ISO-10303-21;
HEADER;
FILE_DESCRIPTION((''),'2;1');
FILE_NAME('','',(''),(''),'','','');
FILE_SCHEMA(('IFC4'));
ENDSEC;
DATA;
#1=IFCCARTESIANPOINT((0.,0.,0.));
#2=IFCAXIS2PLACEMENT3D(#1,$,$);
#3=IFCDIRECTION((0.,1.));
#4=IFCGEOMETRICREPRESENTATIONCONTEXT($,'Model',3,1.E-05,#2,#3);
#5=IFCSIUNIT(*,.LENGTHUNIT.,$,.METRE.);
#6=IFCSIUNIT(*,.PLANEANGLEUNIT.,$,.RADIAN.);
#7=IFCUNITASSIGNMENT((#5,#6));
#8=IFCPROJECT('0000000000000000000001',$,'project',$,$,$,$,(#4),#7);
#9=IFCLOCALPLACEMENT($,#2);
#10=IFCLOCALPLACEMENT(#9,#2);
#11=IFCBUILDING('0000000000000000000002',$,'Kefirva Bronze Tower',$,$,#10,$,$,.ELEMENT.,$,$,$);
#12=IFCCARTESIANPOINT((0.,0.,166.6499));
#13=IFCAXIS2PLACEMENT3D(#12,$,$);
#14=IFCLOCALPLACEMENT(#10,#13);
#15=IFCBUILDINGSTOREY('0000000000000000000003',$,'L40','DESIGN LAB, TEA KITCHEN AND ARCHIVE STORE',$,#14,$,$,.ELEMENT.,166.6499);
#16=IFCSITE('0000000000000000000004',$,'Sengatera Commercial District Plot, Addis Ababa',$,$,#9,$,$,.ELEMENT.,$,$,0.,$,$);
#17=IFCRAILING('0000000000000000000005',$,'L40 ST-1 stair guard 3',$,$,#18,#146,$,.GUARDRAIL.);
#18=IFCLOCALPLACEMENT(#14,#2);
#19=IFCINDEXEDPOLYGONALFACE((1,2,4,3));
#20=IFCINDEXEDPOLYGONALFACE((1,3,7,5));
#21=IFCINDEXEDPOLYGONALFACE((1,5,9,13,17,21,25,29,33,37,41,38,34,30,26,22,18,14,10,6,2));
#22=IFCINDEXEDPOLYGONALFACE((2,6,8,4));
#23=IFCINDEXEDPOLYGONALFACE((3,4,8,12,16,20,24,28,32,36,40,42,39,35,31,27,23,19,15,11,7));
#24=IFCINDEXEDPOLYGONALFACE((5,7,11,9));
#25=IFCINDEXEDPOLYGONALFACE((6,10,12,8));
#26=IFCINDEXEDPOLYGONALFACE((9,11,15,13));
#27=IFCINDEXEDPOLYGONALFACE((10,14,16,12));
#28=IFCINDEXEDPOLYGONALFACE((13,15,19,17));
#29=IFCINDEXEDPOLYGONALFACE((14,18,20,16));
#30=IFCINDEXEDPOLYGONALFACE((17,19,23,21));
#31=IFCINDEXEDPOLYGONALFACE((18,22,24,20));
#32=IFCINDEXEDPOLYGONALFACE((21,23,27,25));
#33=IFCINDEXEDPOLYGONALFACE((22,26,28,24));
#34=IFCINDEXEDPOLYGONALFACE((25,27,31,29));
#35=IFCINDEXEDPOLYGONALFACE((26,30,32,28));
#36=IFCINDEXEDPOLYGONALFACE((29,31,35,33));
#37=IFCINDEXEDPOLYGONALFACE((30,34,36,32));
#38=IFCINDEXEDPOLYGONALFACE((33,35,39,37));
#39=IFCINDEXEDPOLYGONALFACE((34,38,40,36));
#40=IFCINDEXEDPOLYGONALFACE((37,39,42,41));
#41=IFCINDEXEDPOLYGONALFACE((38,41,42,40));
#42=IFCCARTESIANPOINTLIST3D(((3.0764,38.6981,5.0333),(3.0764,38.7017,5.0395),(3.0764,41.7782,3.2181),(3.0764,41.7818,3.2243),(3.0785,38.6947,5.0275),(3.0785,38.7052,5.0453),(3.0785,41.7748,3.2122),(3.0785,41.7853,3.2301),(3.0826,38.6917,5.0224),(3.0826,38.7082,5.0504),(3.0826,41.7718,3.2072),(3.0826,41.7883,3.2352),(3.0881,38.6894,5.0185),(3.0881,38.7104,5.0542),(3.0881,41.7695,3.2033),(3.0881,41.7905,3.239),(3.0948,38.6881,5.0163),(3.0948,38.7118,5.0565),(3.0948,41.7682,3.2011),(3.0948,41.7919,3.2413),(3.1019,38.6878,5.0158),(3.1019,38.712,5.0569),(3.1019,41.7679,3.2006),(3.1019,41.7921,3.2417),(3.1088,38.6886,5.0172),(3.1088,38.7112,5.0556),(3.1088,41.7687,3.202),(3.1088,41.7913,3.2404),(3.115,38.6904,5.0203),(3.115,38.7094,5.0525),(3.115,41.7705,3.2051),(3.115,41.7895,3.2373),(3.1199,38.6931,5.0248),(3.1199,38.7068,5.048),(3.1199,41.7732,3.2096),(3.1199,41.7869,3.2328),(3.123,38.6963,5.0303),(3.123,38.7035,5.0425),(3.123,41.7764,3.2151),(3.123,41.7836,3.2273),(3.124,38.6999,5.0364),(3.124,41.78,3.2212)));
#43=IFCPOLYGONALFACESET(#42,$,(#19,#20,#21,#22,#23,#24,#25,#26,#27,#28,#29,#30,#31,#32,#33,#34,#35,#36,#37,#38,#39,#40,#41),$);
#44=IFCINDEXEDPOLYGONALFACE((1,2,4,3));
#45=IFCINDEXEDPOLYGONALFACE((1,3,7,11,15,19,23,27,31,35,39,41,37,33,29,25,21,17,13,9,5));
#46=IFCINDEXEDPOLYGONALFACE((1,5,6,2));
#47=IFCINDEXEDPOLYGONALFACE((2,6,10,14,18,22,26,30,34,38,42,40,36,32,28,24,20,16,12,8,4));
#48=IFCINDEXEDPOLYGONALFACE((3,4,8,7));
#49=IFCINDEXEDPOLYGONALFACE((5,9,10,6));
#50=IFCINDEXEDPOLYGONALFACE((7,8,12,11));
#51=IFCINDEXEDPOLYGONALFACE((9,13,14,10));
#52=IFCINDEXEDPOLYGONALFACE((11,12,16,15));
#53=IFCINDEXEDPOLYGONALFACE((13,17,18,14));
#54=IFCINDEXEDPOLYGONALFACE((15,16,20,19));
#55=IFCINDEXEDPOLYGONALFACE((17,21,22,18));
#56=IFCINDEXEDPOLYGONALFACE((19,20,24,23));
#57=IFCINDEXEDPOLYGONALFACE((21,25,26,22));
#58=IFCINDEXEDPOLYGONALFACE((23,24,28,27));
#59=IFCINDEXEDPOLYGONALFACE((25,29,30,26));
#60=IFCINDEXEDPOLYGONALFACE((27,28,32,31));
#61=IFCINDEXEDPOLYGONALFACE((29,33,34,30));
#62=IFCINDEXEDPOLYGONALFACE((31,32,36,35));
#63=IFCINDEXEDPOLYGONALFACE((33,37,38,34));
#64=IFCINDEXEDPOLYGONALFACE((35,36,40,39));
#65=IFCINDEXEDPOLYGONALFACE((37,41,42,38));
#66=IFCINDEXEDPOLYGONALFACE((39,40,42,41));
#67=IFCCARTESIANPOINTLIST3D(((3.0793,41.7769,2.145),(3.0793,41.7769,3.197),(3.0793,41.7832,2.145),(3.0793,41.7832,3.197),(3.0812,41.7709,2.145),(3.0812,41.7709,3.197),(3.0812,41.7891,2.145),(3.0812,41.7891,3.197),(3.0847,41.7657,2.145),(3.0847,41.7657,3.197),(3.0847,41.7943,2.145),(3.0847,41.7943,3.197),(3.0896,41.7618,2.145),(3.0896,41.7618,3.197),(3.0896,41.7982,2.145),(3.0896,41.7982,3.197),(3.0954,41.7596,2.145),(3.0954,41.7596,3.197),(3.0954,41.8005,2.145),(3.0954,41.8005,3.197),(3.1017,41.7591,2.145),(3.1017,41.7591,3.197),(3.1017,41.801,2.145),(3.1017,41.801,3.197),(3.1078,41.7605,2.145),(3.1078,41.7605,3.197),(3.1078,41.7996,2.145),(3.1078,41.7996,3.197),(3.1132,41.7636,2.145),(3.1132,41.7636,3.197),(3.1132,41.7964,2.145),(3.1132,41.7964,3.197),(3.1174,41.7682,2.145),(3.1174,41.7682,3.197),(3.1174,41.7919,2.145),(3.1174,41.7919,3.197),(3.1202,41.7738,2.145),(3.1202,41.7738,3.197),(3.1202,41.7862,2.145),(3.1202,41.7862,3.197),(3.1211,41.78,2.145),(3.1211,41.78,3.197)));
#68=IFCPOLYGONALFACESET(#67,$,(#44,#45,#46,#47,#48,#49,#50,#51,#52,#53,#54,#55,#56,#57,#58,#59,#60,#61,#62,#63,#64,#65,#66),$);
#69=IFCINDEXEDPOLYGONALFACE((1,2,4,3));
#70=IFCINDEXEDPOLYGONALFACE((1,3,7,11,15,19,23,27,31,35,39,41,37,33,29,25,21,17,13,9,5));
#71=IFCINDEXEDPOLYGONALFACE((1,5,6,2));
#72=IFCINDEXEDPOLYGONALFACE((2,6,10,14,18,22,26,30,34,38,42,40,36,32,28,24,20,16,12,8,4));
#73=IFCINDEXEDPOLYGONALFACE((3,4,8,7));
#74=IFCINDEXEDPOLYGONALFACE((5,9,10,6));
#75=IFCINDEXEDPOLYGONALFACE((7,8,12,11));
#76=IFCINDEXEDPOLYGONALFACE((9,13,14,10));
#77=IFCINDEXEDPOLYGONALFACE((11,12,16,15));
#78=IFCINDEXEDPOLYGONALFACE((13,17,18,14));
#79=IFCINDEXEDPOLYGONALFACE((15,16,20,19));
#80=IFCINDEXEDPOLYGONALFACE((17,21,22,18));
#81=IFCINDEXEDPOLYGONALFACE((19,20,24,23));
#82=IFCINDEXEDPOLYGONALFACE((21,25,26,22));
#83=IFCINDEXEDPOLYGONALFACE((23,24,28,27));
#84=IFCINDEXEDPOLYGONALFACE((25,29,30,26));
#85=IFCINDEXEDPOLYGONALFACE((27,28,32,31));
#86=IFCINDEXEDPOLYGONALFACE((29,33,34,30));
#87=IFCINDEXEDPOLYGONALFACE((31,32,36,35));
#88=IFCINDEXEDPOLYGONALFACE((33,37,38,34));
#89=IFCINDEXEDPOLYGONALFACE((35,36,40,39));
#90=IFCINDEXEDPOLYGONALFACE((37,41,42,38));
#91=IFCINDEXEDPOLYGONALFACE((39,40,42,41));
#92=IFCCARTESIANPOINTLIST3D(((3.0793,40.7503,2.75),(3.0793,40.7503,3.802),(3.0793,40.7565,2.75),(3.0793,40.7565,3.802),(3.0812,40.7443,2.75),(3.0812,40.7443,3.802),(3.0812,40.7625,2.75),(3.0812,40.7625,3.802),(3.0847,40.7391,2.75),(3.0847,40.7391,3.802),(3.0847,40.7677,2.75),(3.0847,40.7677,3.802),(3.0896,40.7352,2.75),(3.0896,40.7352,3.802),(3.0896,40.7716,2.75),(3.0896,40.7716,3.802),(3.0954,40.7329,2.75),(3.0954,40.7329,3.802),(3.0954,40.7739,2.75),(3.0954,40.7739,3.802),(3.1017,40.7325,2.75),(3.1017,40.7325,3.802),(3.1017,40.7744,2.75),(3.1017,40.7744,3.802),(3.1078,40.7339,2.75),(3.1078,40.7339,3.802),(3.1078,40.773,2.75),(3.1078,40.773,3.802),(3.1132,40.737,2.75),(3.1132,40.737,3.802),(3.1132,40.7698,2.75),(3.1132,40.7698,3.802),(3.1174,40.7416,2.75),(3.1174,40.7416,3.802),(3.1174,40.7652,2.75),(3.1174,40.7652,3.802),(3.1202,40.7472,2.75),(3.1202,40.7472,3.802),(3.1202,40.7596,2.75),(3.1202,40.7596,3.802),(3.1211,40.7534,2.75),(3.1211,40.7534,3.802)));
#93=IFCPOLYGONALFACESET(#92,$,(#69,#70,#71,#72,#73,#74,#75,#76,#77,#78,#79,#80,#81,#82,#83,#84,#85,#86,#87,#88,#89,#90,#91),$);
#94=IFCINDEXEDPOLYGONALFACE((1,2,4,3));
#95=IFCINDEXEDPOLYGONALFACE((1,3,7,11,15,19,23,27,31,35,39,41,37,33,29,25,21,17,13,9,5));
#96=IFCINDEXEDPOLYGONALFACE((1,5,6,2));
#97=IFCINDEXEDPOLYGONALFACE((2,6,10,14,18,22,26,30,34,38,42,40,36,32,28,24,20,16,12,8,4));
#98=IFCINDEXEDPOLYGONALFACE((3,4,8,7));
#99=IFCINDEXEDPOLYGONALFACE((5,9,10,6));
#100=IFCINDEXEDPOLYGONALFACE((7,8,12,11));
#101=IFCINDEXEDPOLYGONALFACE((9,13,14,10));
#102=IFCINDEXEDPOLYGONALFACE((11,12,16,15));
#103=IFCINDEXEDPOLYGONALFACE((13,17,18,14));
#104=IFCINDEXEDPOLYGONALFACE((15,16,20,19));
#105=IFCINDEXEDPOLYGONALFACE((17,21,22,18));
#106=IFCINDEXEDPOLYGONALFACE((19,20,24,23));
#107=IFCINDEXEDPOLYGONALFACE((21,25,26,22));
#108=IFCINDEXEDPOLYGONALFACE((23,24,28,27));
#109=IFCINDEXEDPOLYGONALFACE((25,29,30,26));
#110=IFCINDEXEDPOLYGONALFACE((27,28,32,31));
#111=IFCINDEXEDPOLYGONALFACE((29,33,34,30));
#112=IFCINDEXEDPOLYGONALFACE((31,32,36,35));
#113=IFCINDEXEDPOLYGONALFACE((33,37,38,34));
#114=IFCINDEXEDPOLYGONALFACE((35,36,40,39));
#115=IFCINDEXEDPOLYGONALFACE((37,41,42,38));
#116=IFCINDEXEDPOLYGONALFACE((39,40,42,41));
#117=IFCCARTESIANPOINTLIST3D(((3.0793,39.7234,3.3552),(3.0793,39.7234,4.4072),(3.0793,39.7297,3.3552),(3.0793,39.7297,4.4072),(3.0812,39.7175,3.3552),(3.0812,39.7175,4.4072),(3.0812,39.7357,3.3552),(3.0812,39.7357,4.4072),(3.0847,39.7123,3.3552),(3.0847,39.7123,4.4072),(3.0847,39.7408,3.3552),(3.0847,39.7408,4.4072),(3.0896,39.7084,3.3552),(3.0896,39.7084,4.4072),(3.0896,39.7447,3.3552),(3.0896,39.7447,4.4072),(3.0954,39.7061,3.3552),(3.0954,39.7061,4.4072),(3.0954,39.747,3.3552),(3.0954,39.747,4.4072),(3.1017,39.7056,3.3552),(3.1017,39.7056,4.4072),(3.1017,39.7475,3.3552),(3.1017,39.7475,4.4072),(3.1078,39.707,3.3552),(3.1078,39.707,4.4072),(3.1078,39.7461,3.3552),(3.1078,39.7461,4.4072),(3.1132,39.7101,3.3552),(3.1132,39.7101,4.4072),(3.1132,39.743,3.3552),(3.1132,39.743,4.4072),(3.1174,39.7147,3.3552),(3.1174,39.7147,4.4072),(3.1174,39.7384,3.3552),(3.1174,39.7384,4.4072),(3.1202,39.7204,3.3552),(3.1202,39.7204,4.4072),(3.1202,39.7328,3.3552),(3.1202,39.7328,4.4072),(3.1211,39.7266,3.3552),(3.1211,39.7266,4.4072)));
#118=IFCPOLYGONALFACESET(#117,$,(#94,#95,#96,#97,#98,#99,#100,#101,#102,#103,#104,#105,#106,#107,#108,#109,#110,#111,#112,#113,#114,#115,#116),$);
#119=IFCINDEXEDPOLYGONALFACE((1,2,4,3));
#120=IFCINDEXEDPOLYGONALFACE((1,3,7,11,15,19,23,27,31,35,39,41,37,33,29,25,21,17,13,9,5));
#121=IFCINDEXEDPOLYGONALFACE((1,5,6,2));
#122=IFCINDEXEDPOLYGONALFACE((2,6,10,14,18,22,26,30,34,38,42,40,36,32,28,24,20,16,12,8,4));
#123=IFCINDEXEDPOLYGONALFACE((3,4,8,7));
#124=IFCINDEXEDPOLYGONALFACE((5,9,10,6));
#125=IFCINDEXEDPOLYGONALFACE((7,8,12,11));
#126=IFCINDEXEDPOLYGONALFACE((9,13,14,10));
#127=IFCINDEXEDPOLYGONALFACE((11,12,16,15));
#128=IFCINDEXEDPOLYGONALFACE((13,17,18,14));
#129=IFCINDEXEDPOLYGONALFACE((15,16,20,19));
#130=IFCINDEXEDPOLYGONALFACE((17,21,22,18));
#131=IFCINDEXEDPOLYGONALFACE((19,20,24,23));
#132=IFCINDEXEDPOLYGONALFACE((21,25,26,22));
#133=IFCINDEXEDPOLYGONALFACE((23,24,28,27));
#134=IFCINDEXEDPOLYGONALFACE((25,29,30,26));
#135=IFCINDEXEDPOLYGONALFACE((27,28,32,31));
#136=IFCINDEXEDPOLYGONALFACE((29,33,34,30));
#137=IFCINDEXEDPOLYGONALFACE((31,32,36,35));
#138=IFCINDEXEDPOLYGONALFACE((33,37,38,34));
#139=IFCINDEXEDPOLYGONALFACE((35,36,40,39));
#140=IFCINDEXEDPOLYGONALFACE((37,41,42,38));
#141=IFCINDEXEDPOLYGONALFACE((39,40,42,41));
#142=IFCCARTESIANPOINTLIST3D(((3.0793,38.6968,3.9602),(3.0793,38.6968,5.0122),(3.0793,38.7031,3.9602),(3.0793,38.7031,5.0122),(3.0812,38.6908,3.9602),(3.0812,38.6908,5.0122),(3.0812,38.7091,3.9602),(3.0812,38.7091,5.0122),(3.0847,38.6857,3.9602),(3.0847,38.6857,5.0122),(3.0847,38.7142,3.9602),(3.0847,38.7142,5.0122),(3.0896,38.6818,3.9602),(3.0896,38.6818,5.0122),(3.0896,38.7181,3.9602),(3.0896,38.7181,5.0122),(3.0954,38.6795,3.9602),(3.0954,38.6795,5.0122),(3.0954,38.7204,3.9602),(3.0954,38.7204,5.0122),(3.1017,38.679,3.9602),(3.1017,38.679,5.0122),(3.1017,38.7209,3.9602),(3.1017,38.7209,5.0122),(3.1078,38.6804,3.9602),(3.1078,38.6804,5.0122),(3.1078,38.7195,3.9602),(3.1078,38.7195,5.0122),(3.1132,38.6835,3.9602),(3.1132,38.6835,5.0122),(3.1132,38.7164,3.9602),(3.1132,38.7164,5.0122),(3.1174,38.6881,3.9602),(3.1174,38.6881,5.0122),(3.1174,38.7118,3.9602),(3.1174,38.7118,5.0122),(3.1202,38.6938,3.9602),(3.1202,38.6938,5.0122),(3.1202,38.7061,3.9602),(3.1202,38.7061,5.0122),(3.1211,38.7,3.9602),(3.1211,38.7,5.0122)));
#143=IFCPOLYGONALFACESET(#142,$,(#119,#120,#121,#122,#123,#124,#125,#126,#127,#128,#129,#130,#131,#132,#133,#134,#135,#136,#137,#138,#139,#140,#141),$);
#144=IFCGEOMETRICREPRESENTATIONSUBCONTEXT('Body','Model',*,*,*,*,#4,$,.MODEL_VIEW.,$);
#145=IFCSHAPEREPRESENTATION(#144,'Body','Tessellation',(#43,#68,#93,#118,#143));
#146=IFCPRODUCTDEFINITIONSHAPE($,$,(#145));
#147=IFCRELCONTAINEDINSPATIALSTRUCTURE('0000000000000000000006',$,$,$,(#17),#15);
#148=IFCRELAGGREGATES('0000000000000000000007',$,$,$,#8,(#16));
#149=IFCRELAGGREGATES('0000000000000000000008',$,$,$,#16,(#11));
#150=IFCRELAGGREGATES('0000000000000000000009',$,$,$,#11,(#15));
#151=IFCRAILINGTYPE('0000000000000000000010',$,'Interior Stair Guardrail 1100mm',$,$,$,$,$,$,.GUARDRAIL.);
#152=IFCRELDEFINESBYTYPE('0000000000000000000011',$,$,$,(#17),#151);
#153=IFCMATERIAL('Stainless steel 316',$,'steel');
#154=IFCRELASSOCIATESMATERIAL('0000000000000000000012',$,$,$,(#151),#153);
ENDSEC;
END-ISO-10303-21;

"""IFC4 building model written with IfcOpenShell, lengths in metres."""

from ifc_helpers import new_model, si_unit, direction, frame, origin, origin_2d, place, context, subcontext, project, spatial, circle, extrude, material, type_object, element, save


model = new_model("IFC4")

# Units and contexts
model_context = context("Model", 3, precision=1e-05, world=origin(), true_north=direction((0.0, 1.0)))
body_context = subcontext(model_context, "Body", "Model", "MODEL_VIEW")
ifc_project = project(units=[si_unit("LENGTHUNIT", "METRE"), si_unit("PLANEANGLEUNIT", "RADIAN")], contexts=[model_context])

# Site, building, storey
site_placement = place(None, origin())
site = spatial("IfcSite", under=ifc_project, at=site_placement, Name="Sengatera Commercial District Plot, Addis Ababa", CompositionType="ELEMENT", RefElevation=0.0)
building_placement = place(site_placement, origin())
building = spatial("IfcBuilding", under=site, at=building_placement, Name="Kefirva Bronze Tower", CompositionType="ELEMENT")
storey_placement = place(building_placement, frame((0.0, 0.0, 166.6499)))
storey = spatial("IfcBuildingStorey", under=building, at=storey_placement, Name="L40", Description="DESIGN LAB, TEA KITCHEN AND ARCHIVE STORE", CompositionType="ELEMENT", Elevation=166.6499)

# Railing
ifc_material_1 = material(Name="Stainless steel 316", Category="steel")
railing_type_1 = type_object("IfcRailingType", Name="Interior Stair Guardrail 1100mm", PredefinedType="GUARDRAIL", material=ifc_material_1)
railing_1_placement = place(storey_placement, frame((3.1001, 41.78, 2.145)))
element("IfcRailing", 1, at=railing_1_placement, inside=storey, type_object=railing_type_1, Name="L40 ST-1 stair guard 3", PredefinedType="GUARDRAIL", context=body_context, shape_type="SweptSolid", body=[
    extrude(circle(Radius=0.0239, at=origin_2d()), frame((0.0, 0.0, 1.0762), z_axis=(0.0, -0.861521, 0.507721), x_axis=(1.0, 0.0, 0.0)), (0.0, 0.0, 1.0), 3.5752),
    extrude(circle(Radius=0.021, at=origin_2d()), origin(), (0.0, 0.0, 1.0), 1.052),
    extrude(circle(Radius=0.021, at=origin_2d()), frame((0.0, -1.0266, 0.605)), (0.0, 0.0, 1.0), 1.052),
    extrude(circle(Radius=0.021, at=origin_2d()), frame((0.0, -2.0535, 1.2102)), (0.0, 0.0, 1.0), 1.052),
    extrude(circle(Radius=0.021, at=origin_2d()), frame((0.0, -3.0801, 1.8152)), (0.0, 0.0, 1.0), 1.052),
])

save(model, "model.ifc")
